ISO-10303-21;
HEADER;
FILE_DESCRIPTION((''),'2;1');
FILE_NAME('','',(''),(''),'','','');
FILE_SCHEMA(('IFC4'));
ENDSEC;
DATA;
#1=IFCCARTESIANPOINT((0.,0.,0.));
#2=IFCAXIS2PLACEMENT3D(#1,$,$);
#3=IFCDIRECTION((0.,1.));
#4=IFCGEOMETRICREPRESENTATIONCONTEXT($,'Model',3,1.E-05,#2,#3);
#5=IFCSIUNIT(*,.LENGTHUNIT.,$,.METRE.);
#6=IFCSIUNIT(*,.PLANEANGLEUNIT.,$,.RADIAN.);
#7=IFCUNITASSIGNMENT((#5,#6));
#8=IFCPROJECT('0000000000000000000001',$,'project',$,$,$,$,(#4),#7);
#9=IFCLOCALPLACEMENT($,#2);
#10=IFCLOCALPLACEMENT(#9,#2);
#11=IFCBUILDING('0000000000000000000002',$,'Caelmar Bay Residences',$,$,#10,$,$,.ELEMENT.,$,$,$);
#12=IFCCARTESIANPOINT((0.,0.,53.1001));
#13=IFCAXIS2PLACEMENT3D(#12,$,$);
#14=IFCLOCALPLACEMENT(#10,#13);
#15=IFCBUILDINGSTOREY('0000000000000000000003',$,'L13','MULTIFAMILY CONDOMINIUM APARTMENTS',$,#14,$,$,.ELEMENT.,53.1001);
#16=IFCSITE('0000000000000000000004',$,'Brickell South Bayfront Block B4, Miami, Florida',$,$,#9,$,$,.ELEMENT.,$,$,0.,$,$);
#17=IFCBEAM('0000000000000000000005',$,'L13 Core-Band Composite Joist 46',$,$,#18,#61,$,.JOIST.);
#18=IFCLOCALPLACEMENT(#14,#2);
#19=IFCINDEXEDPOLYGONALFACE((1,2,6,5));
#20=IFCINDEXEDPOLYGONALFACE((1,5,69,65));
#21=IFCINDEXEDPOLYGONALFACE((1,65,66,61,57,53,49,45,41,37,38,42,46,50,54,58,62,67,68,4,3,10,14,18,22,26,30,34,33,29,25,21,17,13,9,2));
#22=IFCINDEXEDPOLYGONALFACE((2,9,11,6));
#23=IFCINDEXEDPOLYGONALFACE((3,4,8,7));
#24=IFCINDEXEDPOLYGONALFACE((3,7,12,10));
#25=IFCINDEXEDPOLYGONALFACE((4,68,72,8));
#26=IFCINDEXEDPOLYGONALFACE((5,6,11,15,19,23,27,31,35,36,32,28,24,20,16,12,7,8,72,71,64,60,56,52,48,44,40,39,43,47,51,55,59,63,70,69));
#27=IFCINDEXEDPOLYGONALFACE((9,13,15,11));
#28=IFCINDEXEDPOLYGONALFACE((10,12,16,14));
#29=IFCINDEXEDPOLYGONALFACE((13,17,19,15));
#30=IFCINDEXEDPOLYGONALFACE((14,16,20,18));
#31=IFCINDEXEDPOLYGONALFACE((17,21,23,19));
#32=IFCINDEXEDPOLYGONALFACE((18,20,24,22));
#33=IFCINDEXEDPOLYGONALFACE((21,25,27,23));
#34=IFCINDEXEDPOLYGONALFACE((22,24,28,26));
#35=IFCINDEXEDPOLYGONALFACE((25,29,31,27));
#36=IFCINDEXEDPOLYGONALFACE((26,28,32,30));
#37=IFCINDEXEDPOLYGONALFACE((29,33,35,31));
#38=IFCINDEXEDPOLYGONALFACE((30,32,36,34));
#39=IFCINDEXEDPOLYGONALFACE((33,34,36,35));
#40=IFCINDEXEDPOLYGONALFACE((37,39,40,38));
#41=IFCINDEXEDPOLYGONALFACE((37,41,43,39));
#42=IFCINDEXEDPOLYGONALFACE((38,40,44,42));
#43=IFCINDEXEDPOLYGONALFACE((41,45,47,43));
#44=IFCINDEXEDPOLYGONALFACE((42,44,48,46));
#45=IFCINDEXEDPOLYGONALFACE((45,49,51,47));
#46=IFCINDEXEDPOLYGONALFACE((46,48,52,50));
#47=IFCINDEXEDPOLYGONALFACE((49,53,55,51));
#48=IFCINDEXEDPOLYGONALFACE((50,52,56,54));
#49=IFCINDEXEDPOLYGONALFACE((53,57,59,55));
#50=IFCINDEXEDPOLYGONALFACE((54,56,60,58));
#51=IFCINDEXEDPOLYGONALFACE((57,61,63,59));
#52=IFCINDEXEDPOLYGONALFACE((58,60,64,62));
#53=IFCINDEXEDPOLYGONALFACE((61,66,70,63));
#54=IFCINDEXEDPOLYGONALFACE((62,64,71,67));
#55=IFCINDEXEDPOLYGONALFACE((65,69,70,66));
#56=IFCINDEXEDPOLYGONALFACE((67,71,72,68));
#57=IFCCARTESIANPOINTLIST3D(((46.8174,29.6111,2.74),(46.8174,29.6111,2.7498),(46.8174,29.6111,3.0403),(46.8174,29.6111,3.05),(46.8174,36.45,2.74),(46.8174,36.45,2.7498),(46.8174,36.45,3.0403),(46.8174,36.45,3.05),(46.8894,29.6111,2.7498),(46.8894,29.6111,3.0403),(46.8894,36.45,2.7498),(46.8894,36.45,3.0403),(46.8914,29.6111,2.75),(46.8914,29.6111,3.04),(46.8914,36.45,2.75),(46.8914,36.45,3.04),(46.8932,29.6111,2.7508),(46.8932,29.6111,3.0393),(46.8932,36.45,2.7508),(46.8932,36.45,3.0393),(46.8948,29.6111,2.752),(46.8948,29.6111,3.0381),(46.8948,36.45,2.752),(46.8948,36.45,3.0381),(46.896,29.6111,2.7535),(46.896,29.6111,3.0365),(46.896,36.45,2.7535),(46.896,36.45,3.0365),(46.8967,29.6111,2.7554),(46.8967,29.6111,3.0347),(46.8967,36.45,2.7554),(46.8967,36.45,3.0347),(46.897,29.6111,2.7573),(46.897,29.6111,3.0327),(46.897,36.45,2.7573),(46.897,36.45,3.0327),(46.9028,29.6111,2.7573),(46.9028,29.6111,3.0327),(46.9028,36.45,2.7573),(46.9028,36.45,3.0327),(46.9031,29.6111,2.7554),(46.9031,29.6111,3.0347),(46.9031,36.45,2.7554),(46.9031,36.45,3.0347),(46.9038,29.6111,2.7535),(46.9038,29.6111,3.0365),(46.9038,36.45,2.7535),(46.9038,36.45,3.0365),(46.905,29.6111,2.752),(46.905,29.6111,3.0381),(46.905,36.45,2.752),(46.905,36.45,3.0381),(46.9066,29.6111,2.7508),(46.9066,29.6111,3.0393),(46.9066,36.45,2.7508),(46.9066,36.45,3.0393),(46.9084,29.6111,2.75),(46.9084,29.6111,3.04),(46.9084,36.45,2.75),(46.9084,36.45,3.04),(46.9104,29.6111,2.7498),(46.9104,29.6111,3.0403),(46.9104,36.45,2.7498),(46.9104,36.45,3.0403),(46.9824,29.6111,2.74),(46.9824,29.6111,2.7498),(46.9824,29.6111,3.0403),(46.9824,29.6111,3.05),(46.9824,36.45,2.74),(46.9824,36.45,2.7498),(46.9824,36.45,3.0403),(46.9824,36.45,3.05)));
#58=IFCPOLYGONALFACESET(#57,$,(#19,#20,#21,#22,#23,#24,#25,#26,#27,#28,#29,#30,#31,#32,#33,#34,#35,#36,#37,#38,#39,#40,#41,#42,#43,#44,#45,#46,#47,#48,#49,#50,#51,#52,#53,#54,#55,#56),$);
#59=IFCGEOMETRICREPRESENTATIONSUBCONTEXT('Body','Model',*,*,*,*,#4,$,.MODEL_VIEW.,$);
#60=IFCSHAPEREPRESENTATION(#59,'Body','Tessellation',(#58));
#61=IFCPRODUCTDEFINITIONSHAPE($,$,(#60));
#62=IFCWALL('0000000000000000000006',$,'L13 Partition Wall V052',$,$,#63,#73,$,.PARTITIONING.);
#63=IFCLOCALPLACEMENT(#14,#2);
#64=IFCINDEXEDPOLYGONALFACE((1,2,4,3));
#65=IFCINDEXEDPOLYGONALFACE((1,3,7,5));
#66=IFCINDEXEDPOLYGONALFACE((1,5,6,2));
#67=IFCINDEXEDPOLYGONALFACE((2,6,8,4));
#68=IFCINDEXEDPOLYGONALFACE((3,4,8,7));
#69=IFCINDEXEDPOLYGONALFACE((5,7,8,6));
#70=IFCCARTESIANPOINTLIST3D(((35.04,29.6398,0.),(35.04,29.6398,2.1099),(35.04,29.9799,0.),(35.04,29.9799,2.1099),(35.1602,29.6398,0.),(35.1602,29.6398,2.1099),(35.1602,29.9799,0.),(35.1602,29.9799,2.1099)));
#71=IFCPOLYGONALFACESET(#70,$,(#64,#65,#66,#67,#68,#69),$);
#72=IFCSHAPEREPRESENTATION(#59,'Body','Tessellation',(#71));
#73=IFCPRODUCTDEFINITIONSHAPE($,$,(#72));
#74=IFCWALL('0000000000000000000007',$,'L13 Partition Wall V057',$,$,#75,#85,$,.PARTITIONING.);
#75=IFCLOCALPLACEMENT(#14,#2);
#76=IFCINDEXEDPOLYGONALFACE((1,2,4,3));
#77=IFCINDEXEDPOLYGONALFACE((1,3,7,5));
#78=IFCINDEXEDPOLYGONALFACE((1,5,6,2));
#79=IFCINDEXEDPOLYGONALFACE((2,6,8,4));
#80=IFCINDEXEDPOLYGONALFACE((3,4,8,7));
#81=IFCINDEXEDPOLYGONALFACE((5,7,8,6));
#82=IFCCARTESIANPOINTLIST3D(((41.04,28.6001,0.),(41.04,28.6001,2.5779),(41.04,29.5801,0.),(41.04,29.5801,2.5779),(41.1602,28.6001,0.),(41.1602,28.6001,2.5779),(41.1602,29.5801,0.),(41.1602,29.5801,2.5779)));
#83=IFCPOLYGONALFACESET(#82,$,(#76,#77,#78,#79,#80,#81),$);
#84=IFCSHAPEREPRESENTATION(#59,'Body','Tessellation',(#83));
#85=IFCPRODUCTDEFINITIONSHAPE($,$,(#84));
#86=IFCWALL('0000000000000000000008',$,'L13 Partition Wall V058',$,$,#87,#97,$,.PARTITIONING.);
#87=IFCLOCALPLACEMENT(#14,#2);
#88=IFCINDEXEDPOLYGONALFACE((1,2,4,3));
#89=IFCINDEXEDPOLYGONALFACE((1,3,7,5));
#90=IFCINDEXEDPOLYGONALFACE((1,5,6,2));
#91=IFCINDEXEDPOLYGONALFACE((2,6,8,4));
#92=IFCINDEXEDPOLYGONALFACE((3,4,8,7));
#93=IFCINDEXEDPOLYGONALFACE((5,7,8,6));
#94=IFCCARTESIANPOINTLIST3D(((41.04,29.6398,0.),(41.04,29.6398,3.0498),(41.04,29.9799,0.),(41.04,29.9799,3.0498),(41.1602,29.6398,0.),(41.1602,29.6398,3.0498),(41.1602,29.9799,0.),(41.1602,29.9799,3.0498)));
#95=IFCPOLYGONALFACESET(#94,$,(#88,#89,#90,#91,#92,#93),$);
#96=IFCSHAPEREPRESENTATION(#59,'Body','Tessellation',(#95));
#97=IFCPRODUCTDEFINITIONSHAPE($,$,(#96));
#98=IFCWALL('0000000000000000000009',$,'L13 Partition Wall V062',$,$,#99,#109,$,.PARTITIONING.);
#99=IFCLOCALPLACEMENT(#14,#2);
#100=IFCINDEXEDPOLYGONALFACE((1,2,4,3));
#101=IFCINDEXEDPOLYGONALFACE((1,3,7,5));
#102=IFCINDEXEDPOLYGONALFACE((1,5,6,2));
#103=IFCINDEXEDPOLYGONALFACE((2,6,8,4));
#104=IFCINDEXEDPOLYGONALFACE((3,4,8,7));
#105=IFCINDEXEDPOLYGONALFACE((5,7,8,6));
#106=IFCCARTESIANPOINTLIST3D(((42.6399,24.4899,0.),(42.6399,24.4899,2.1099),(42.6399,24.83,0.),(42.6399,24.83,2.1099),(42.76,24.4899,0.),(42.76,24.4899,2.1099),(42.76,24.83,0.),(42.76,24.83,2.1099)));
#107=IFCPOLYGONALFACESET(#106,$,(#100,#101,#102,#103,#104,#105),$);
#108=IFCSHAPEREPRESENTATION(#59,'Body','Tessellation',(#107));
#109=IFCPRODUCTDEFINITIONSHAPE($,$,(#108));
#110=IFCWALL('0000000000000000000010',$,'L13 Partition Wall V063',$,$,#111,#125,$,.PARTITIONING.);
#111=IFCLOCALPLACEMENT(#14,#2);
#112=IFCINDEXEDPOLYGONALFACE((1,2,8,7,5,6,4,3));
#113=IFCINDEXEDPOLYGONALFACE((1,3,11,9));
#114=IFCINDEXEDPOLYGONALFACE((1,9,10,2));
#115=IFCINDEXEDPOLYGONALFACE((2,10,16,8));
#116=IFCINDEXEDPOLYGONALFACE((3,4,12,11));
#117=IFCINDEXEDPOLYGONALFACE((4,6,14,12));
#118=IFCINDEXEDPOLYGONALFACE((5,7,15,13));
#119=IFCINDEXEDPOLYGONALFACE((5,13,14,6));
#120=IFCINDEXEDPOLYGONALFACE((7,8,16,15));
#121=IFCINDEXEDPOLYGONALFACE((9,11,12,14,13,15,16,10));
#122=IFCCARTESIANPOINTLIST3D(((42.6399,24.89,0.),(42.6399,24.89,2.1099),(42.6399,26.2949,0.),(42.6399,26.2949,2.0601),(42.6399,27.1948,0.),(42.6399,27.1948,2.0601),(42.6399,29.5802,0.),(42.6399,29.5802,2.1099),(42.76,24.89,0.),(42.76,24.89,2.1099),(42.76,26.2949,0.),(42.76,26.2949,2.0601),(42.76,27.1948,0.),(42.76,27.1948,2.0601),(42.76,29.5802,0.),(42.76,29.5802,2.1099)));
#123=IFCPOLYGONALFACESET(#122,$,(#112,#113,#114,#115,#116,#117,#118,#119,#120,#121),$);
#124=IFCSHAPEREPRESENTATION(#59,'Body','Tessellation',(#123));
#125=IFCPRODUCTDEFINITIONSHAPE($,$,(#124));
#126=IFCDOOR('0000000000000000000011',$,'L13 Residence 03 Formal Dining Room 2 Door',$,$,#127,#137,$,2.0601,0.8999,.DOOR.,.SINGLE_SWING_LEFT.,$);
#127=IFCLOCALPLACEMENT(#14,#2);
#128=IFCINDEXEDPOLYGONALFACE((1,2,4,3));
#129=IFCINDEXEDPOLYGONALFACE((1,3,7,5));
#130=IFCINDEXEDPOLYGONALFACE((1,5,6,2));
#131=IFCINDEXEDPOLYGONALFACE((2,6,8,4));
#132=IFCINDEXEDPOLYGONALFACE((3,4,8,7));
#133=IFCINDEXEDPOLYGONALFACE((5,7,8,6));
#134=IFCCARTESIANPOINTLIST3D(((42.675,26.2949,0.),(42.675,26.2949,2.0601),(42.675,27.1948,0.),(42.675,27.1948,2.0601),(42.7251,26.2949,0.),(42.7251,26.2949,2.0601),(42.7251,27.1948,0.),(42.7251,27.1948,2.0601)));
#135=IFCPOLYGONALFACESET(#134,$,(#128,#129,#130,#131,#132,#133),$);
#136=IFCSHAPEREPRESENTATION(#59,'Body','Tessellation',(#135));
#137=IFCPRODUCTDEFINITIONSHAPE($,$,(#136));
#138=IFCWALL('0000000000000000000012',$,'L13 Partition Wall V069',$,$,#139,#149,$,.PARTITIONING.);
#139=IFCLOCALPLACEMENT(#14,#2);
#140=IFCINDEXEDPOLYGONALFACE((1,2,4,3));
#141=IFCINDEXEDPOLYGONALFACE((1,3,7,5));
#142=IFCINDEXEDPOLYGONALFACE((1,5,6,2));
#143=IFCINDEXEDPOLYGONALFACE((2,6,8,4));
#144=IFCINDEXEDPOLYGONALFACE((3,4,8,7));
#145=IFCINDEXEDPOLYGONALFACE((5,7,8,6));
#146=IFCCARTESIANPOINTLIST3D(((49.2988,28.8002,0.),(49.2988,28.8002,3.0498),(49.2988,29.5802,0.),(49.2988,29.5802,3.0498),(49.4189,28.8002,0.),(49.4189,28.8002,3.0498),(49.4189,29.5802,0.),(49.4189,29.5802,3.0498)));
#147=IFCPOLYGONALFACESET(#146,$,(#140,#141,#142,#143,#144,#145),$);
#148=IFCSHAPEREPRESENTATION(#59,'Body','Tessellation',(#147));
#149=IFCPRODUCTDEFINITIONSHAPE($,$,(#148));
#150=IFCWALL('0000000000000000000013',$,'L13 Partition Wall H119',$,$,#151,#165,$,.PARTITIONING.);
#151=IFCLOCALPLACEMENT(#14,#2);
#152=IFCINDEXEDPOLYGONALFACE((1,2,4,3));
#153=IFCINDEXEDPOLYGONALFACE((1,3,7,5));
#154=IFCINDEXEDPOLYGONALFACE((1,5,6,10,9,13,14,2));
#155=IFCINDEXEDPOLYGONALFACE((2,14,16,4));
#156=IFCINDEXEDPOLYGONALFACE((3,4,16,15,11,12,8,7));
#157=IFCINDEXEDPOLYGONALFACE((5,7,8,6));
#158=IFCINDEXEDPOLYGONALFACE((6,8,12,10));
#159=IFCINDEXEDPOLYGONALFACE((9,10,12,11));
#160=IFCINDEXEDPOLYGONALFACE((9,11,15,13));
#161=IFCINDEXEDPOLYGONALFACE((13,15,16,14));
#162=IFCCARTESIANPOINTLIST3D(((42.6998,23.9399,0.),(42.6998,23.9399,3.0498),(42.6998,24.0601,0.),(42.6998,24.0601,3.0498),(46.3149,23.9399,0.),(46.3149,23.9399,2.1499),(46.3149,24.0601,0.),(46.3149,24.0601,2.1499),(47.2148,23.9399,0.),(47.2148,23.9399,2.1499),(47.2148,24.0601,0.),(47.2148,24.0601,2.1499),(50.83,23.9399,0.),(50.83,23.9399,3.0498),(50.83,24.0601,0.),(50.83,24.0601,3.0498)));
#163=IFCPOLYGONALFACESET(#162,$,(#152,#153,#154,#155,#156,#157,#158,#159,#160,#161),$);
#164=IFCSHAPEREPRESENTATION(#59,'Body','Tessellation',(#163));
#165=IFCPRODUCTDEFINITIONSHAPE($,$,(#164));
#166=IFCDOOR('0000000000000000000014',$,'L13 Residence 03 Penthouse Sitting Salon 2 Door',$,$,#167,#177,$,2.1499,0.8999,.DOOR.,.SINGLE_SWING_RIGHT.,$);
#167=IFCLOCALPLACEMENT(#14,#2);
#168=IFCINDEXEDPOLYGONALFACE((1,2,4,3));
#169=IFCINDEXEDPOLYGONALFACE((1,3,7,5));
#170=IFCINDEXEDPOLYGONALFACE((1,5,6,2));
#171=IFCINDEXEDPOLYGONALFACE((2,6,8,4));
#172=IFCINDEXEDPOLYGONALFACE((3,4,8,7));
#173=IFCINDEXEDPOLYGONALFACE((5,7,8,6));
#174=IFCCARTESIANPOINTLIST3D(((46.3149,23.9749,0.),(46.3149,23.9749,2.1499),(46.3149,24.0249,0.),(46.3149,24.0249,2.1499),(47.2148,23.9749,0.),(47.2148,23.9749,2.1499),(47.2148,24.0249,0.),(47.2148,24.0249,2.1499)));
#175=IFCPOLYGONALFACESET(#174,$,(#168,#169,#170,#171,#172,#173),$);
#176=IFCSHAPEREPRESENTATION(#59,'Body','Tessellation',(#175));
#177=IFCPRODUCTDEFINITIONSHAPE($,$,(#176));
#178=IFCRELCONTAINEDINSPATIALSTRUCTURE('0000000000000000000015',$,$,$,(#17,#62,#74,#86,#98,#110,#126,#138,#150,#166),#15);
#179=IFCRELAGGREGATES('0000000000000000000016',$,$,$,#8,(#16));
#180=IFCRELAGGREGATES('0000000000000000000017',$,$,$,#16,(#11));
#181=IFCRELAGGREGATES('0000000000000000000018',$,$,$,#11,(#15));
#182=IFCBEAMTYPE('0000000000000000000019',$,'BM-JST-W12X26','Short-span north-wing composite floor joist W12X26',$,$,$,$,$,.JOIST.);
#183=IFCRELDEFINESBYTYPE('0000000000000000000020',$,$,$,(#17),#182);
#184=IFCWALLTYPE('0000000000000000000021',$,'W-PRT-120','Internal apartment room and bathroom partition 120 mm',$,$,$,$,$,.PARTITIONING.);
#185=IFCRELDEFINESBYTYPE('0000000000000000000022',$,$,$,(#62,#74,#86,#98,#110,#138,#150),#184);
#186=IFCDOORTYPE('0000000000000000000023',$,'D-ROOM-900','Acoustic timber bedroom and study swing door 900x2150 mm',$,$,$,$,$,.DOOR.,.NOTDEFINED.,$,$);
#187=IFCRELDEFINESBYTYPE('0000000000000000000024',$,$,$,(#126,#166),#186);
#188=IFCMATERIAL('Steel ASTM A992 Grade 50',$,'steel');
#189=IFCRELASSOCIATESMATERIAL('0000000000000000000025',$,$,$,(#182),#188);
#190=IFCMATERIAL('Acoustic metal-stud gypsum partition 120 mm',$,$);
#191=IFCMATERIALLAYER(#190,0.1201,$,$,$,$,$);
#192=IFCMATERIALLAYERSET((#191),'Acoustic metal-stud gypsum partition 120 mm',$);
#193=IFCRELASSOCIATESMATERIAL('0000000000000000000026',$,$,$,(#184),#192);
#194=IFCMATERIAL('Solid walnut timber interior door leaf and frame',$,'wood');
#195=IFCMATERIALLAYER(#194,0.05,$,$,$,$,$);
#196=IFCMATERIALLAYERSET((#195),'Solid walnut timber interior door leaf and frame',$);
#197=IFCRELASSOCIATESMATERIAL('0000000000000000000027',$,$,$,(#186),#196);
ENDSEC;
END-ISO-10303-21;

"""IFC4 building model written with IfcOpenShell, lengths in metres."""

from ifc_helpers import new_model, si_unit, direction, frame, frame_2d, origin, origin_2d, place, context, subcontext, project, spatial, rectangle, i_section, extrude, material, layer, layer_set, material_profile, profile_set, type_object, element, fill, save


model = new_model("IFC4")

# Units and contexts
model_context = context("Model", 3, precision=1e-05, world=origin(), true_north=direction((0.0, 1.0)))
body_context = subcontext(model_context, "Body", "Model", "MODEL_VIEW")
ifc_project = project(units=[si_unit("LENGTHUNIT", "METRE"), si_unit("PLANEANGLEUNIT", "RADIAN")], contexts=[model_context])

# Site, building, storey
site_placement = place(None, origin())
site = spatial("IfcSite", under=ifc_project, at=site_placement, Name="Brickell South Bayfront Block B4, Miami, Florida", CompositionType="ELEMENT", RefElevation=0.0)
building_placement = place(site_placement, origin())
building = spatial("IfcBuilding", under=site, at=building_placement, Name="Caelmar Bay Residences", CompositionType="ELEMENT")
storey_placement = place(building_placement, frame((0.0, 0.0, 53.1001)))
storey = spatial("IfcBuildingStorey", under=building, at=storey_placement, Name="L13", Description="MULTIFAMILY CONDOMINIUM APARTMENTS", CompositionType="ELEMENT", Elevation=53.1001)

# Beam
ifc_material_1 = material(Name="Steel ASTM A992 Grade 50", Category="steel")
ifc_material_profile_1 = material_profile(ifc_material_1, i_section(OverallWidth=0.165, OverallDepth=0.3101, WebThickness=0.0059, FlangeThickness=0.0098, FilletRadius=0.0076, at=origin_2d()), Name="W12X26")
ifc_profile_set_1 = profile_set([ifc_material_profile_1], Name="Steel ASTM A992 Grade 50")
beam_type_1 = type_object("IfcBeamType", Name="BM-JST-W12X26", Description="Short-span north-wing composite floor joist W12X26", PredefinedType="JOIST", material=ifc_profile_set_1)
for number, where, z_axis, x_axis, name in (
    (1, (46.8999, 29.6111, 2.895), (0.0, 1.0, 0.0), (-1.0, 0.0, 0.0), "L13 Core-Band Composite Joist 46"),
):
    element("IfcBeam", number, at=place(storey_placement, frame(where, z_axis=z_axis, x_axis=x_axis)), inside=storey, type_object=beam_type_1, Name=name, PredefinedType="JOIST", context=body_context, shape_type="SweptSolid", body=[
        extrude(i_section(OverallWidth=0.165, OverallDepth=0.3101, WebThickness=0.0059, FlangeThickness=0.0098, FilletRadius=0.0076, at=origin_2d()), origin(), (0.0, 0.0, 1.0), 6.8389),
    ])

# Walls
ifc_material_2 = material(Name="Acoustic metal-stud gypsum partition 120 mm")
ifc_layer_1 = layer(ifc_material_2, 0.1201)
ifc_layer_set_1 = layer_set([ifc_layer_1], Name="Acoustic metal-stud gypsum partition 120 mm")
wall_type = type_object("IfcWallType", Name="W-PRT-120", Description="Internal apartment room and bathroom partition 120 mm", PredefinedType="PARTITIONING", material=ifc_layer_set_1)
wall_1_placement = place(storey_placement, frame((35.1001, 29.6399, 0.0), z_axis=(0.0, 0.0, 1.0), x_axis=(0.0, 1.0, 0.0)))
element("IfcWall", 2, at=wall_1_placement, inside=storey, type_object=wall_type, Name="L13 Partition Wall V052", PredefinedType="PARTITIONING", context=body_context, shape_type="SweptSolid", body=[
    extrude(rectangle(XDim=0.3401, YDim=0.1201, at=frame_2d((0.1699, 0.0))), origin(), (0.0, 0.0, 1.0), 2.1099),
])
wall_2_placement = place(storey_placement, frame((41.1001, 28.6001, 0.0), z_axis=(0.0, 0.0, 1.0), x_axis=(0.0, 1.0, 0.0)))
element("IfcWall", 3, at=wall_2_placement, inside=storey, type_object=wall_type, Name="L13 Partition Wall V057", PredefinedType="PARTITIONING", context=body_context, shape_type="SweptSolid", body=[
    extrude(rectangle(XDim=0.98, YDim=0.1201, at=frame_2d((0.49, 0.0))), origin(), (0.0, 0.0, 1.0), 2.5779),
])
wall_3_placement = place(storey_placement, frame((41.1001, 29.6399, 0.0), z_axis=(0.0, 0.0, 1.0), x_axis=(0.0, 1.0, 0.0)))
element("IfcWall", 4, at=wall_3_placement, inside=storey, type_object=wall_type, Name="L13 Partition Wall V058", PredefinedType="PARTITIONING", context=body_context, shape_type="SweptSolid", body=[
    extrude(rectangle(XDim=0.3401, YDim=0.1201, at=frame_2d((0.1699, 0.0))), origin(), (0.0, 0.0, 1.0), 3.0498),
])
wall_4_placement = place(storey_placement, frame((42.7, 24.49, 0.0), z_axis=(0.0, 0.0, 1.0), x_axis=(0.0, 1.0, 0.0)))
element("IfcWall", 5, at=wall_4_placement, inside=storey, type_object=wall_type, Name="L13 Partition Wall V062", PredefinedType="PARTITIONING", context=body_context, shape_type="SweptSolid", body=[
    extrude(rectangle(XDim=0.3401, YDim=0.1201, at=frame_2d((0.1699, 0.0))), origin(), (0.0, 0.0, 1.0), 2.1099),
])

# Wall, opening, door
wall_5_placement = place(storey_placement, frame((42.7, 24.8899, 0.0), z_axis=(0.0, 0.0, 1.0), x_axis=(0.0, 1.0, 0.0)))
wall_5 = element("IfcWall", 6, at=wall_5_placement, inside=storey, type_object=wall_type, Name="L13 Partition Wall V063", PredefinedType="PARTITIONING", context=body_context, shape_type="SweptSolid", body=[
    extrude(rectangle(XDim=4.6902, YDim=0.1201, at=frame_2d((2.3452, 0.0))), origin(), (0.0, 0.0, 1.0), 2.1099),
])
opening_1_placement = place(wall_5_placement, frame((1.405, 0.0, 0.0)))
opening_1 = element("IfcOpeningElement", 7, at=opening_1_placement, cuts=wall_5, PredefinedType="OPENING", context=body_context, shape_type="SweptSolid", body=[
    extrude(rectangle(XDim=0.8999, YDim=2.0601, at=frame_2d((0.45, 1.03))), frame((0.0, 0.0701, 0.0), z_axis=(0.0, -1.0, 0.0), x_axis=(1.0, 0.0, 0.0)), (0.0, 0.0, 1.0), 0.1401),
])
ifc_material_3 = material(Name="Solid walnut timber interior door leaf and frame", Category="wood")
ifc_layer_2 = layer(ifc_material_3, 0.05)
ifc_layer_set_2 = layer_set([ifc_layer_2], Name="Solid walnut timber interior door leaf and frame")
door_type = type_object("IfcDoorType", Name="D-ROOM-900", Description="Acoustic timber bedroom and study swing door 900x2150 mm", OperationType="NOTDEFINED", PredefinedType="DOOR", material=ifc_layer_set_2)
door_1_placement = place(opening_1_placement, origin())
door_1 = element("IfcDoor", 8, at=door_1_placement, inside=storey, type_object=door_type, Name="L13 Residence 03 Formal Dining Room 2 Door", OperationType="SINGLE_SWING_LEFT", OverallHeight=2.0601, OverallWidth=0.8999, PredefinedType="DOOR", context=body_context, shape_type="SweptSolid", body=[
    extrude(rectangle(XDim=0.8999, YDim=2.0601, at=frame_2d((0.45, 1.03))), frame((0.0, 0.0249, 0.0), z_axis=(0.0, -1.0, 0.0), x_axis=(1.0, 0.0, 0.0)), (0.0, 0.0, 1.0), 0.05),
])
fill(opening_1, door_1)

# Wall
wall_6_placement = place(storey_placement, frame((49.3589, 28.8, 0.0), z_axis=(0.0, 0.0, 1.0), x_axis=(0.0, 1.0, 0.0)))
element("IfcWall", 9, at=wall_6_placement, inside=storey, type_object=wall_type, Name="L13 Partition Wall V069", PredefinedType="PARTITIONING", context=body_context, shape_type="SweptSolid", body=[
    extrude(rectangle(XDim=0.78, YDim=0.1201, at=frame_2d((0.3901, 0.0))), origin(), (0.0, 0.0, 1.0), 3.0498),
])

# Wall, opening, door
wall_7_placement = place(storey_placement, frame((42.7, 24.0, 0.0), z_axis=(0.0, 0.0, 1.0), x_axis=(1.0, 0.0, 0.0)))
wall_7 = element("IfcWall", 10, at=wall_7_placement, inside=storey, type_object=wall_type, Name="L13 Partition Wall H119", PredefinedType="PARTITIONING", context=body_context, shape_type="SweptSolid", body=[
    extrude(rectangle(XDim=8.1301, YDim=0.1201, at=frame_2d((4.0649, 0.0))), origin(), (0.0, 0.0, 1.0), 3.0498),
])
opening_2_placement = place(wall_7_placement, frame((3.615, 0.0, 0.0)))
opening_2 = element("IfcOpeningElement", 11, at=opening_2_placement, cuts=wall_7, PredefinedType="OPENING", context=body_context, shape_type="SweptSolid", body=[
    extrude(rectangle(XDim=0.8999, YDim=2.1499, at=frame_2d((0.45, 1.075))), frame((0.0, 0.0701, 0.0), z_axis=(0.0, -1.0, 0.0), x_axis=(1.0, 0.0, 0.0)), (0.0, 0.0, 1.0), 0.1401),
])
door_2_placement = place(opening_2_placement, origin())
door_2 = element("IfcDoor", 12, at=door_2_placement, inside=storey, type_object=door_type, Name="L13 Residence 03 Penthouse Sitting Salon 2 Door", OperationType="SINGLE_SWING_RIGHT", OverallHeight=2.1499, OverallWidth=0.8999, PredefinedType="DOOR", context=body_context, shape_type="SweptSolid", body=[
    extrude(rectangle(XDim=0.8999, YDim=2.1499, at=frame_2d((0.45, 1.075))), frame((0.0, 0.0249, 0.0), z_axis=(0.0, -1.0, 0.0), x_axis=(1.0, 0.0, 0.0)), (0.0, 0.0, 1.0), 0.05),
])
fill(opening_2, door_2)

save(model, "model.ifc")
